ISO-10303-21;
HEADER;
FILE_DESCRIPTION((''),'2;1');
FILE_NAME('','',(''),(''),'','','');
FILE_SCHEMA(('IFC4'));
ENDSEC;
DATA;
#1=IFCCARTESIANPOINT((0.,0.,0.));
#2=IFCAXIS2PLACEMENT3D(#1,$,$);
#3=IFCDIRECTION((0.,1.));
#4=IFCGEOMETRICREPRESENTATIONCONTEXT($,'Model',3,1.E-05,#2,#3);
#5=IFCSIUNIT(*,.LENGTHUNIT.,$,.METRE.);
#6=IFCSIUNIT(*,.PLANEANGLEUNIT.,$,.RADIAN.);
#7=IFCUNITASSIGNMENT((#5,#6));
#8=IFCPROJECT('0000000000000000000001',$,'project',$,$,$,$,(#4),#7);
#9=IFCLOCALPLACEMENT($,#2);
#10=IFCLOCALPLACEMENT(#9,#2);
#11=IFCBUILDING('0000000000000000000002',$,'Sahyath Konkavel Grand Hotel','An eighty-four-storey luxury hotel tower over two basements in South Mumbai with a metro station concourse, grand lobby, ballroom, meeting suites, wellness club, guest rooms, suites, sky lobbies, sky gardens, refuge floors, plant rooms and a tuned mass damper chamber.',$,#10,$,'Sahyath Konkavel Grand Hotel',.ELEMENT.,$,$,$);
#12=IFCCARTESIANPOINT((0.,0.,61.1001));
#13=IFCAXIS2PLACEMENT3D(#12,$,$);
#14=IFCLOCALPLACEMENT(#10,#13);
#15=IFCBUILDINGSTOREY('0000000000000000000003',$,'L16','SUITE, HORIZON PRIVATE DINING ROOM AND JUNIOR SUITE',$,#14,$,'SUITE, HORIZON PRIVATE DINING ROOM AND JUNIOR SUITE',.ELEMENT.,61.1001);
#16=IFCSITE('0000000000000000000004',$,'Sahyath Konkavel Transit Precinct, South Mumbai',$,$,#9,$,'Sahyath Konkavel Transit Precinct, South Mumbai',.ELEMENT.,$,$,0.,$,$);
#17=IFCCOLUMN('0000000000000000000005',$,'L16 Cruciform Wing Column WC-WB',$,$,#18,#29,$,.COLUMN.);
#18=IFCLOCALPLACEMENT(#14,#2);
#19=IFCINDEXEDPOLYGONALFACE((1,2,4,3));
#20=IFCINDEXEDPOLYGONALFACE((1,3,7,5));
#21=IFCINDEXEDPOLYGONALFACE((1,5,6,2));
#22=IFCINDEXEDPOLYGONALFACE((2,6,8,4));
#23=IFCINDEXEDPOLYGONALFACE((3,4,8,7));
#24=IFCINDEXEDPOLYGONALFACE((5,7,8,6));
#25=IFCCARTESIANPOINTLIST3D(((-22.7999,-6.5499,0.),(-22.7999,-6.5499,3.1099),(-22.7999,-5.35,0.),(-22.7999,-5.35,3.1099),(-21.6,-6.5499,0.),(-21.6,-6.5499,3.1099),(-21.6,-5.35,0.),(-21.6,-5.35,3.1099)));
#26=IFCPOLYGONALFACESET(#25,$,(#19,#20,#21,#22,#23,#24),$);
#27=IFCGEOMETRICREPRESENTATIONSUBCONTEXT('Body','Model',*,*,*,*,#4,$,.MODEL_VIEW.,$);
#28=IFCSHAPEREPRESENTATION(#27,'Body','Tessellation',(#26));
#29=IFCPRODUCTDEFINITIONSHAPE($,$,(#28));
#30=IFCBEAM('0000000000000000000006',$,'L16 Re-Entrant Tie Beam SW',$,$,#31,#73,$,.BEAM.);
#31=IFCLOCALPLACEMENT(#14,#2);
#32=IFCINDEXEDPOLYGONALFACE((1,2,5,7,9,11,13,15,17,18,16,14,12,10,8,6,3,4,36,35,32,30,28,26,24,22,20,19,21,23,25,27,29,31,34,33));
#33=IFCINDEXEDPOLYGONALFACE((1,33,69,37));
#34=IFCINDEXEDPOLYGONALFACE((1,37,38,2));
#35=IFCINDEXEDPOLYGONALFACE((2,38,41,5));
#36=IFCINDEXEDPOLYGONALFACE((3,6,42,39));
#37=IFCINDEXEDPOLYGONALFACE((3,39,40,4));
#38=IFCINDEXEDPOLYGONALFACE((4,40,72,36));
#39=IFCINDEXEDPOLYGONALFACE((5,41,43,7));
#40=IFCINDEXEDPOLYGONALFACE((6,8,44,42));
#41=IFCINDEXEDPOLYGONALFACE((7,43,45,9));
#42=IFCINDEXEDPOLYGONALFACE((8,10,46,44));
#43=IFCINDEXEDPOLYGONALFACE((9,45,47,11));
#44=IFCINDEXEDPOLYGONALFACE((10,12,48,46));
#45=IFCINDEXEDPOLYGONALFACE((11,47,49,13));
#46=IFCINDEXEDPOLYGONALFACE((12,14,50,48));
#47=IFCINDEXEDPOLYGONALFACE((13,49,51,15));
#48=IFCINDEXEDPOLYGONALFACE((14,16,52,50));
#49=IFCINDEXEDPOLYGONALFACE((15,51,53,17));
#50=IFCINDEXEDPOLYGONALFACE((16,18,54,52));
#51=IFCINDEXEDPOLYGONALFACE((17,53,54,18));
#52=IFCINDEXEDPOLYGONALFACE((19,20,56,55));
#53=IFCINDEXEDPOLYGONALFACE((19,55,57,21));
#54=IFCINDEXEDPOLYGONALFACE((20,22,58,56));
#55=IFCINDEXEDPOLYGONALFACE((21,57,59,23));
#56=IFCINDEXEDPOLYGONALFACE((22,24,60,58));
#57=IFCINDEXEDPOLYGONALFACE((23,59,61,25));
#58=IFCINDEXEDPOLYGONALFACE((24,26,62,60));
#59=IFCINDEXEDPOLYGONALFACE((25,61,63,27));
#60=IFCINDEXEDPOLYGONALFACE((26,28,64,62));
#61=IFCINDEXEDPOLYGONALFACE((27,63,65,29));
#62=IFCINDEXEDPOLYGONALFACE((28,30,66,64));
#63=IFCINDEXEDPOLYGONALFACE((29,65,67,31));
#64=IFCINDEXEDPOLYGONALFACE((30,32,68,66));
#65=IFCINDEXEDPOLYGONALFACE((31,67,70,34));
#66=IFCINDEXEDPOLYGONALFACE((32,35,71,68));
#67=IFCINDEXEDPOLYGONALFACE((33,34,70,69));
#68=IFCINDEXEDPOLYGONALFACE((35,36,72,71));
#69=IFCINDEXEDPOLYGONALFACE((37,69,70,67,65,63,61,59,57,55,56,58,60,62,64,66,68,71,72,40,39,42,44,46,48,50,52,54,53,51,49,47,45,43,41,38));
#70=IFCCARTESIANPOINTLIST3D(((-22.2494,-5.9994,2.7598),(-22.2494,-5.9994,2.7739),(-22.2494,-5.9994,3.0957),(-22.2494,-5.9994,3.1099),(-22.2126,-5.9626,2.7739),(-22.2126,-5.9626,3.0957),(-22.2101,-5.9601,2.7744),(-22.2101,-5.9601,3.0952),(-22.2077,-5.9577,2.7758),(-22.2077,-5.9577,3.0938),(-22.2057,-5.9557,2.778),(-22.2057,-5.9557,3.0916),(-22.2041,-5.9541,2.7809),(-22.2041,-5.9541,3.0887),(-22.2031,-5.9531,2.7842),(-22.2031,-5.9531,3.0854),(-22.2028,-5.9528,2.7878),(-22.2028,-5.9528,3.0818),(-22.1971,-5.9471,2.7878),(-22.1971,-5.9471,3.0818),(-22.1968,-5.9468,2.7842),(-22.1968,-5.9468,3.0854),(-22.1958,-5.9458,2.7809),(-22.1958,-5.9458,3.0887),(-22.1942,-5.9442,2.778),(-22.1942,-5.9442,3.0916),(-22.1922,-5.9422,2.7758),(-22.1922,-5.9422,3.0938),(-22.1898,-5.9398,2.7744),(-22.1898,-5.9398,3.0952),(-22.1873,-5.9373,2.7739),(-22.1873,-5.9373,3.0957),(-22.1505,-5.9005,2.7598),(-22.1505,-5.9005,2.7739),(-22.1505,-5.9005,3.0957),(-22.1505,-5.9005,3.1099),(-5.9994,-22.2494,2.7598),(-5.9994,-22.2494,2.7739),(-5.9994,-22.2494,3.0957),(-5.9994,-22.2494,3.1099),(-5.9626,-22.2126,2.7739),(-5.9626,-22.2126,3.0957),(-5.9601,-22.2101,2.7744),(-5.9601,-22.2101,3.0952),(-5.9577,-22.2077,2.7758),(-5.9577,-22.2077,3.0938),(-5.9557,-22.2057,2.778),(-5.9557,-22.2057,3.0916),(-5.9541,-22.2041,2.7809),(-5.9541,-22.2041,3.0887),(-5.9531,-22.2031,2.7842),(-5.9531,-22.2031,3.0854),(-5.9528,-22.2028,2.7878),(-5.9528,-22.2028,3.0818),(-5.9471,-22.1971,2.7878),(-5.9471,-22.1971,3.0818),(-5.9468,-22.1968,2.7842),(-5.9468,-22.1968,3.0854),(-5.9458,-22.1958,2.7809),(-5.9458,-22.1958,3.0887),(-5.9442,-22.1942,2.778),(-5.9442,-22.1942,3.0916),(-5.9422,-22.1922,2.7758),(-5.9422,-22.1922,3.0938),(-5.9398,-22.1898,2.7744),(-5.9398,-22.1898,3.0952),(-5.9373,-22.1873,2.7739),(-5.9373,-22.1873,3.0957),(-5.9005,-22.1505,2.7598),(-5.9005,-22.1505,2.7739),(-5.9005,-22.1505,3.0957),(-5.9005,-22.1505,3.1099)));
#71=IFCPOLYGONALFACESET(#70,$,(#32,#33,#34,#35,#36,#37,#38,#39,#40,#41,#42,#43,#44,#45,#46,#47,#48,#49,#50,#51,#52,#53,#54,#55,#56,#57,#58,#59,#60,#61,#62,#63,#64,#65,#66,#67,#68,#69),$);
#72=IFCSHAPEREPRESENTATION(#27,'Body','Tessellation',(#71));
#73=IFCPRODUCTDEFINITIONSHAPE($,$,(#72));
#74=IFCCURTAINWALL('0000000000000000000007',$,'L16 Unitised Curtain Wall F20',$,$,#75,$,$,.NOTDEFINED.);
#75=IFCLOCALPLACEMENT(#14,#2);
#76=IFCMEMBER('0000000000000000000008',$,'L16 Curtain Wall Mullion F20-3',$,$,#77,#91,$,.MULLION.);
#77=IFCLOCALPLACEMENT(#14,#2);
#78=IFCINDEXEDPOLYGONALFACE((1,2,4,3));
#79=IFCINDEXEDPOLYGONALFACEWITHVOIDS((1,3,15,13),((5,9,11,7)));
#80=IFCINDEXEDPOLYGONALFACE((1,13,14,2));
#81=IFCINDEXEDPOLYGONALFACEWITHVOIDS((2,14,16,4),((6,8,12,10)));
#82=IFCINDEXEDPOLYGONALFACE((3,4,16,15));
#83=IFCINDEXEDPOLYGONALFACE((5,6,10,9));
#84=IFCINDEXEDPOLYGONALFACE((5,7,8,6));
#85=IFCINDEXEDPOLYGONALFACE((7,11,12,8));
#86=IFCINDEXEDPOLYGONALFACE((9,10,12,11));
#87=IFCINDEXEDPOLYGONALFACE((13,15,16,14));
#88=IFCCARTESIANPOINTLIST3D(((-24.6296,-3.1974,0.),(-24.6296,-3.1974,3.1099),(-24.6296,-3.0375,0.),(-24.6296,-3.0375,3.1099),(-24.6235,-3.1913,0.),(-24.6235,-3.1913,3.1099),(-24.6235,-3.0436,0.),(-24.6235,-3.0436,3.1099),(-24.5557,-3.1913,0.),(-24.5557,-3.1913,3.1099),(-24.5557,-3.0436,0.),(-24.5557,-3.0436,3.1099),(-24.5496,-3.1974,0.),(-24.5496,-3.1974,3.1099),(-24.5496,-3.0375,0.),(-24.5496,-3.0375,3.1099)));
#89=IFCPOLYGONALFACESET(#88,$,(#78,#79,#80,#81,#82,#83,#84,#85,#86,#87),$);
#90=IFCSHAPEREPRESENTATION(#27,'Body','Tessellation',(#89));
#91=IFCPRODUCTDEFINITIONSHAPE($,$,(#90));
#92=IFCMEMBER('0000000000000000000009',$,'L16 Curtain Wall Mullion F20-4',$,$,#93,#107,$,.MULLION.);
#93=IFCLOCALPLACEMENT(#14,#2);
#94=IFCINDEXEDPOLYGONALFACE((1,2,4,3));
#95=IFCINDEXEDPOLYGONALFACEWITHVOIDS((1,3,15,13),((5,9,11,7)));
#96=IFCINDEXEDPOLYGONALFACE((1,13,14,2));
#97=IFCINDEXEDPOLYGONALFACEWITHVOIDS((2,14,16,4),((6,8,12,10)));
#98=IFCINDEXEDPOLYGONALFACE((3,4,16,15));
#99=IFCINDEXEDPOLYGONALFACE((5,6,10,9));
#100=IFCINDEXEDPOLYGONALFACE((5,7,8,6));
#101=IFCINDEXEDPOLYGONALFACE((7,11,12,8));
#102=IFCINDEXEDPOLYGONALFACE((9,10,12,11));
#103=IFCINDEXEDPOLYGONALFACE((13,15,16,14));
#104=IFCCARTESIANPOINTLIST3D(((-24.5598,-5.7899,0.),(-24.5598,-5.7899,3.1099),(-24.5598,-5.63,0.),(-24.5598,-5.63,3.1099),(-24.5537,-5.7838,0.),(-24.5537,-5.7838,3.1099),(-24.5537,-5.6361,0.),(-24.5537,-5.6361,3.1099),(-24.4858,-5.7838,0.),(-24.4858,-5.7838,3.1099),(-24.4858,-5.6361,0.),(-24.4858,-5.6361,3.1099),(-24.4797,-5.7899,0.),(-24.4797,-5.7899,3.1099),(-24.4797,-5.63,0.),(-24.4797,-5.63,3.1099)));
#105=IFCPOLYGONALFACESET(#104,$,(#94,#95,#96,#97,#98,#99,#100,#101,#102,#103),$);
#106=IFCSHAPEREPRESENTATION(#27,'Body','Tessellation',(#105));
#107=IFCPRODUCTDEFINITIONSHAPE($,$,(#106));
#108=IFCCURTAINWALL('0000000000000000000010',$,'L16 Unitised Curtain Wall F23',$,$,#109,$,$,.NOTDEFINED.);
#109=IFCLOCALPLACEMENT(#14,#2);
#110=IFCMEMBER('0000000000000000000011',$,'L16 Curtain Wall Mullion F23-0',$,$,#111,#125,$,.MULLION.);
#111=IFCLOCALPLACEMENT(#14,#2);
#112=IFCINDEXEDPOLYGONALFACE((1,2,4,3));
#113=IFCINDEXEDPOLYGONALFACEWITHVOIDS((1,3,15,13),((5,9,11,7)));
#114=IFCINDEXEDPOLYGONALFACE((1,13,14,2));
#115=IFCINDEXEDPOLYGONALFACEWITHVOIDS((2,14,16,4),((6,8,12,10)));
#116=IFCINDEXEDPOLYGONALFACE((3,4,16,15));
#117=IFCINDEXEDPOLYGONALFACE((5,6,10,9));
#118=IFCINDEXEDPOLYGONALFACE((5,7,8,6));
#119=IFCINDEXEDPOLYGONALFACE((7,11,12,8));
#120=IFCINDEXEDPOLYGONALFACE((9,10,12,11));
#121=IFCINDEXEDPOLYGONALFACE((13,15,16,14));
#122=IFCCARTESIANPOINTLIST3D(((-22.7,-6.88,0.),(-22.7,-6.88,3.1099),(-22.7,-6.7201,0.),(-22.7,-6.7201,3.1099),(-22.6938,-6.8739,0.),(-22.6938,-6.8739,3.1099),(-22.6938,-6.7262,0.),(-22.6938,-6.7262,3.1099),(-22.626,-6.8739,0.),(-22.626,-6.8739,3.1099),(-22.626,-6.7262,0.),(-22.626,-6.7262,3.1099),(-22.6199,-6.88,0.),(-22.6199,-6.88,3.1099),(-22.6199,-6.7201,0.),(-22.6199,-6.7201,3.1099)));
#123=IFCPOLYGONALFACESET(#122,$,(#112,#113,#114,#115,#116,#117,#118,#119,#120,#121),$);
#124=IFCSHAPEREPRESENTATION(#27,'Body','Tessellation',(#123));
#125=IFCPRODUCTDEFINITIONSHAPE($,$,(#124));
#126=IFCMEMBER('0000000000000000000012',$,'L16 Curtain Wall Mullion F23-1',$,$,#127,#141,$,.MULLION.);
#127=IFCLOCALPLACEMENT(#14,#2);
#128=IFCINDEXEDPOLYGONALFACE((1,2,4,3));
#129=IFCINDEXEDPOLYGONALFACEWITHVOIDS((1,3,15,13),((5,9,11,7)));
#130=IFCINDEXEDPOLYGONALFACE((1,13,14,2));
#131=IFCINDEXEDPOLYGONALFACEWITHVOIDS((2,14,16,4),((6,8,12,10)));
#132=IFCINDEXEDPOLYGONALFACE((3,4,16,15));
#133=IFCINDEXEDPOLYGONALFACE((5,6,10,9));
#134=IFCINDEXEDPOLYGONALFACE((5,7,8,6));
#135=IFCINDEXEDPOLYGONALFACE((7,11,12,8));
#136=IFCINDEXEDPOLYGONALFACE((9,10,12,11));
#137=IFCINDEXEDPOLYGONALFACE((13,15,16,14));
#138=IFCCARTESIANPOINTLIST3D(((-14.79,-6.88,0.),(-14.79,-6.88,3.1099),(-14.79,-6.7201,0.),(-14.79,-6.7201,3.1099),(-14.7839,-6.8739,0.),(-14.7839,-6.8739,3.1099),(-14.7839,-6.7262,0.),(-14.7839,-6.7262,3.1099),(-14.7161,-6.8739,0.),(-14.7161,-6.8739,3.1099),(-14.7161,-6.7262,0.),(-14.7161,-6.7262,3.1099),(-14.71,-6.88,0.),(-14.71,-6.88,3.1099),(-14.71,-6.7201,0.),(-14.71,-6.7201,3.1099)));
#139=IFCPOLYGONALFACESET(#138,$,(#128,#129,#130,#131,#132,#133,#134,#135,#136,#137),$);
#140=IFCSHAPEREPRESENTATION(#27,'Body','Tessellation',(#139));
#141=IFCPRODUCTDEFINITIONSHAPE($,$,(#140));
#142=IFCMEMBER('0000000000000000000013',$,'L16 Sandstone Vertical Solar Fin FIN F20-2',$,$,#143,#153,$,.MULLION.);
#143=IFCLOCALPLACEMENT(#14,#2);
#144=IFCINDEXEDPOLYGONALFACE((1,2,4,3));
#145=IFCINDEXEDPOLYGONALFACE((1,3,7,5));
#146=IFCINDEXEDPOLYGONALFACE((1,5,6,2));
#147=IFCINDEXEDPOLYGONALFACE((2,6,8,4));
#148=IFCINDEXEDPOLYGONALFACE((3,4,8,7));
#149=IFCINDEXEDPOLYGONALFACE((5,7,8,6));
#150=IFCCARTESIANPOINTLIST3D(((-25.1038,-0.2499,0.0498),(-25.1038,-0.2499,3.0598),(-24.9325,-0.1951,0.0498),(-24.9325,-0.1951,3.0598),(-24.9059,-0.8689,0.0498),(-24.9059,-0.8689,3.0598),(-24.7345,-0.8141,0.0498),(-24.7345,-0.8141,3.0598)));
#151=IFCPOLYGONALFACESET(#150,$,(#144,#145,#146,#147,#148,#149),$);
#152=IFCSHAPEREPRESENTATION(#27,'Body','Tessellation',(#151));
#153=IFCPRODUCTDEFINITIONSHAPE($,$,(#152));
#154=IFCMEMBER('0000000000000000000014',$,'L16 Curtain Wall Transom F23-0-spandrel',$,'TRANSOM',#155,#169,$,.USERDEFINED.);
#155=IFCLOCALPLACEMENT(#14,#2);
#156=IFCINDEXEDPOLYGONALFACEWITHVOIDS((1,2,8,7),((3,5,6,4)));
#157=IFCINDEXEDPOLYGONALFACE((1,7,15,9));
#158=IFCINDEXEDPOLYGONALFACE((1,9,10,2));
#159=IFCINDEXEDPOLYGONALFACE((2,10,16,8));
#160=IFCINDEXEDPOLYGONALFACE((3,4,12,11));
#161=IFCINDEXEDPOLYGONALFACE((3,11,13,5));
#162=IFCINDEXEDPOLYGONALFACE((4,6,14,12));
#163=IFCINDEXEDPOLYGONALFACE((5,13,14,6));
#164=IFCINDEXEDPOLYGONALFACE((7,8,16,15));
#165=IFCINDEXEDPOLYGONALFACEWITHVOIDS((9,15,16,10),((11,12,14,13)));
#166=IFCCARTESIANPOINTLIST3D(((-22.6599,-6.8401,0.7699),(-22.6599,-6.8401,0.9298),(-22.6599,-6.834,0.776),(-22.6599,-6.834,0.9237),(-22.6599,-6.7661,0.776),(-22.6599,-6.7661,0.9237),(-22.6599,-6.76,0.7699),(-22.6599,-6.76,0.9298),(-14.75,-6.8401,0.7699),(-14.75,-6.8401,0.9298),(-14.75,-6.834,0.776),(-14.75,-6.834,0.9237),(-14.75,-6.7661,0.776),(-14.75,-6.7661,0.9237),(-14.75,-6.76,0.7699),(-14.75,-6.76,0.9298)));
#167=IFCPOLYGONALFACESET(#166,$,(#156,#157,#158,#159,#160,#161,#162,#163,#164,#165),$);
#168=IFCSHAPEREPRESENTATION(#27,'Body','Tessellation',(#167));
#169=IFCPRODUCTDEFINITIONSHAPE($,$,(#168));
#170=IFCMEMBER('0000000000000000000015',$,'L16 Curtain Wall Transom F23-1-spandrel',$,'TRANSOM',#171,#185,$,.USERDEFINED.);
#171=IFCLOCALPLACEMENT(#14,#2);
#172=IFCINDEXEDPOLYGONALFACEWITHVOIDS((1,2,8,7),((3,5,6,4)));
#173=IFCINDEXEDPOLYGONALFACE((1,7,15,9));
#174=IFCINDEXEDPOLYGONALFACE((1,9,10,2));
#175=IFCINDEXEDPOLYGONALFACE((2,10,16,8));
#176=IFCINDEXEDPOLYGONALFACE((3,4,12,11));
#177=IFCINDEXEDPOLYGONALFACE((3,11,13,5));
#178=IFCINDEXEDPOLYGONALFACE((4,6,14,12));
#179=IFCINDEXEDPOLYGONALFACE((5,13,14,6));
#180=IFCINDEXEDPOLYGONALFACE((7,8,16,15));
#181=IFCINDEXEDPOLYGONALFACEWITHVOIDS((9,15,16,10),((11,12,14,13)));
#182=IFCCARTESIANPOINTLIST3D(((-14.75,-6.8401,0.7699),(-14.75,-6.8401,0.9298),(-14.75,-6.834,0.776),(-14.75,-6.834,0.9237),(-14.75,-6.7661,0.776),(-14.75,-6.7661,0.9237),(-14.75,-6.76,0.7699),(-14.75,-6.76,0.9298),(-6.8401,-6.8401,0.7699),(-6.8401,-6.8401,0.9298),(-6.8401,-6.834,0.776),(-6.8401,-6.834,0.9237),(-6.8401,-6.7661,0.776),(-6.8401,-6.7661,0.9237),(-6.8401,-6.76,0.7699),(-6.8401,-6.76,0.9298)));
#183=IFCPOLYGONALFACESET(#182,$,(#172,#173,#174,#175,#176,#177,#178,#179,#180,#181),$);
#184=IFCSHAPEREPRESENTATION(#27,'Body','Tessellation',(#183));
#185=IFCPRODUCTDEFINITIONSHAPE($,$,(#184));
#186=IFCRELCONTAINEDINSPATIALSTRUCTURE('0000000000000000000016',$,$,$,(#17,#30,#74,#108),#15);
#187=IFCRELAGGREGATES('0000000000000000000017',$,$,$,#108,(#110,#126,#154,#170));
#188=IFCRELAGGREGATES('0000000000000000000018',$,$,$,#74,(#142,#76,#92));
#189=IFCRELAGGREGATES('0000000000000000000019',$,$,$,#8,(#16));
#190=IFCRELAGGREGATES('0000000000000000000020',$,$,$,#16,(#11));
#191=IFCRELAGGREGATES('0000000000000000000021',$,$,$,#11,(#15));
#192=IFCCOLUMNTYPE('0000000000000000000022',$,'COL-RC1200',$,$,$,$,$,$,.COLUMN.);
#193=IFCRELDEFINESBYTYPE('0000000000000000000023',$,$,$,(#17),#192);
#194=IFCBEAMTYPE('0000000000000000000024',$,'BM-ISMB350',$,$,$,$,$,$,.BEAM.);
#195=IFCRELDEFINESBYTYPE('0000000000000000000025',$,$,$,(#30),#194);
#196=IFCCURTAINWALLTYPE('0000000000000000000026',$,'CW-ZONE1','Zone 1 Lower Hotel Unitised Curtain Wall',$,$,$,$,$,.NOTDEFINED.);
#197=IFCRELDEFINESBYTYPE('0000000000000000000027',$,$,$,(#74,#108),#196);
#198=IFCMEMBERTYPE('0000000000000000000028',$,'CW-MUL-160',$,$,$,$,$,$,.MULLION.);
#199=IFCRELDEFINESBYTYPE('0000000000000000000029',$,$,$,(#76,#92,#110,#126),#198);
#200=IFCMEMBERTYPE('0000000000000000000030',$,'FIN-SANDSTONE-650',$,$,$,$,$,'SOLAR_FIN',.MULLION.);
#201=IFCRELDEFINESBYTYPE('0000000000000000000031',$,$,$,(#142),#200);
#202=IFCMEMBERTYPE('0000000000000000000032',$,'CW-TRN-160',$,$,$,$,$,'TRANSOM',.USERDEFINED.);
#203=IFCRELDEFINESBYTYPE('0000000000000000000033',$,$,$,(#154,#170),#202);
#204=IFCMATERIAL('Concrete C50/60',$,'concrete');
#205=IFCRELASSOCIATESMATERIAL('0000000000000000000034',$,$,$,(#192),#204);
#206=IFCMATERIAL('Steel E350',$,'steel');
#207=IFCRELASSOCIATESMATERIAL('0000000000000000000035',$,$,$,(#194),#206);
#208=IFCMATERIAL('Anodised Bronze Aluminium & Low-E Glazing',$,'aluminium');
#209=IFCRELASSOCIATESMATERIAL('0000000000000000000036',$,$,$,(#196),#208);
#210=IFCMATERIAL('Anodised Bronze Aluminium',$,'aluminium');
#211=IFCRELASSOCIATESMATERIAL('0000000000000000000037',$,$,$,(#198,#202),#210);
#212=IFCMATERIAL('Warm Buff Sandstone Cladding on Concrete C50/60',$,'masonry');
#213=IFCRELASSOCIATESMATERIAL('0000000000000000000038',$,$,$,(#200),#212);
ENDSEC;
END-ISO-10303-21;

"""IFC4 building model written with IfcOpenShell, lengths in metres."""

from ifc_helpers import new_model, si_unit, direction, frame, origin, origin_2d, place, context, subcontext, project, spatial, rectangle, hollow_rectangle, i_section, extrude, source, transform, mapped, material, material_profile, profile_set, type_object, element, aggregate, save


model = new_model("IFC4")

# Units and contexts
model_context = context("Model", 3, precision=1e-05, world=origin(), true_north=direction((0.0, 1.0)))
body_context = subcontext(model_context, "Body", "Model", "MODEL_VIEW")
ifc_project = project(units=[si_unit("LENGTHUNIT", "METRE"), si_unit("PLANEANGLEUNIT", "RADIAN")], contexts=[model_context])

# Site, building, storey
site_placement = place(None, origin())
site = spatial("IfcSite", under=ifc_project, at=site_placement, Name="Sahyath Konkavel Transit Precinct, South Mumbai", LongName="Sahyath Konkavel Transit Precinct, South Mumbai", CompositionType="ELEMENT", RefElevation=0.0)
building_placement = place(site_placement, origin())
building = spatial("IfcBuilding", under=site, at=building_placement, Name="Sahyath Konkavel Grand Hotel", Description="An eighty-four-storey luxury hotel tower over two basements in South Mumbai with a metro station concourse, grand lobby, ballroom, meeting suites, wellness club, guest rooms, suites, sky lobbies, sky gardens, refuge floors, plant rooms and a tuned mass damper chamber.", LongName="Sahyath Konkavel Grand Hotel", CompositionType="ELEMENT")
storey_placement = place(building_placement, frame((0.0, 0.0, 61.1001)))
storey = spatial("IfcBuildingStorey", under=building, at=storey_placement, Name="L16", Description="SUITE, HORIZON PRIVATE DINING ROOM AND JUNIOR SUITE", LongName="SUITE, HORIZON PRIVATE DINING ROOM AND JUNIOR SUITE", CompositionType="ELEMENT", Elevation=61.1001)

# Column
ifc_material_1 = material(Name="Concrete C50/60", Category="concrete")
ifc_material_profile_1 = material_profile(ifc_material_1, rectangle(XDim=1.2, YDim=1.2, at=origin_2d()), Name="RC 1200x1200")
ifc_profile_set_1 = profile_set([ifc_material_profile_1], Name="Concrete C50/60")
column_type = type_object("IfcColumnType", Name="COL-RC1200", PredefinedType="COLUMN", material=ifc_profile_set_1)
shared_shape_1 = source(origin(), body_context, "Body", "SweptSolid", [
    extrude(rectangle(XDim=1.2, YDim=1.2, at=origin_2d()), origin(), (0.0, 0.0, 1.0), 3.1099),
])
column_placement = place(storey_placement, frame((-22.2, -5.95, 0.0), z_axis=(0.0, 0.0, 1.0), x_axis=(1.0, 0.0, 0.0)))
element("IfcColumn", 1, at=column_placement, inside=storey, type_object=column_type, Name="L16 Cruciform Wing Column WC-WB", PredefinedType="COLUMN", context=body_context, shape_type="MappedRepresentation", body=[
    mapped(shared_shape_1, transform((0.0, 0.0, 0.0), scale=1.0)),
])

# Beam
ifc_material_2 = material(Name="Steel E350", Category="steel")
ifc_material_profile_2 = material_profile(ifc_material_2, i_section(OverallWidth=0.1399, OverallDepth=0.3501, WebThickness=0.0081, FlangeThickness=0.0142, FilletRadius=0.0139, at=origin_2d()), Name="ISMB 350")
ifc_profile_set_2 = profile_set([ifc_material_profile_2], Name="Steel E350")
beam_type_1 = type_object("IfcBeamType", Name="BM-ISMB350", PredefinedType="BEAM", material=ifc_profile_set_2)
shared_shape_2 = source(origin(), body_context, "Body", "SweptSolid", [
    extrude(i_section(OverallWidth=0.1399, OverallDepth=0.3501, WebThickness=0.0081, FlangeThickness=0.0142, FilletRadius=0.0139, at=origin_2d()), origin(), (0.0, 0.0, 1.0), 22.981),
])
beam_1_placement = place(storey_placement, frame((-22.2, -5.95, 2.9348), z_axis=(0.707107, -0.707107, 0.0), x_axis=(0.707107, 0.707107, 0.0)))
element("IfcBeam", 2, at=beam_1_placement, inside=storey, type_object=beam_type_1, Name="L16 Re-Entrant Tie Beam SW", PredefinedType="BEAM", context=body_context, shape_type="MappedRepresentation", body=[
    mapped(shared_shape_2, transform((0.0, 0.0, 0.0), scale=1.0)),
])

# Curtain walls, members
ifc_material_3 = material(Name="Anodised Bronze Aluminium & Low-E Glazing", Category="aluminium")
curtain_wall_type = type_object("IfcCurtainWallType", Name="CW-ZONE1", Description="Zone 1 Lower Hotel Unitised Curtain Wall", PredefinedType="NOTDEFINED", material=ifc_material_3)
curtain_wall_1_placement = place(storey_placement, origin())
curtain_wall_1 = element("IfcCurtainWall", 3, at=curtain_wall_1_placement, inside=storey, type_object=curtain_wall_type, Name="L16 Unitised Curtain Wall F20", PredefinedType="NOTDEFINED")
ifc_material_4 = material(Name="Anodised Bronze Aluminium", Category="aluminium")
ifc_material_profile_3 = material_profile(ifc_material_4, hollow_rectangle(XDim=0.0801, YDim=0.1599, WallThickness=0.0061, at=origin_2d()), Name="RHS 160x80x6")
ifc_profile_set_3 = profile_set([ifc_material_profile_3], Name="Anodised Bronze Aluminium")
member_type_1 = type_object("IfcMemberType", Name="CW-MUL-160", PredefinedType="MULLION", material=ifc_profile_set_3)
shared_shape_3 = source(origin(), body_context, "Body", "SweptSolid", [
    extrude(hollow_rectangle(XDim=0.0801, YDim=0.1599, WallThickness=0.0061, at=origin_2d()), origin(), (0.0, 0.0, 1.0), 3.1099),
])
member_1_placement = place(storey_placement, frame((-24.5896, -3.1174, 0.0), z_axis=(0.0, 0.0, 1.0), x_axis=(1.0, 0.0, 0.0)))
member_1 = element("IfcMember", 4, at=member_1_placement, type_object=member_type_1, Name="L16 Curtain Wall Mullion F20-3", PredefinedType="MULLION", context=body_context, shape_type="MappedRepresentation", body=[
    mapped(shared_shape_3, transform((0.0, 0.0, 0.0), scale=1.0)),
])
member_2_placement = place(storey_placement, frame((-24.5198, -5.71, 0.0), z_axis=(0.0, 0.0, 1.0), x_axis=(1.0, 0.0, 0.0)))
member_2 = element("IfcMember", 5, at=member_2_placement, type_object=member_type_1, Name="L16 Curtain Wall Mullion F20-4", PredefinedType="MULLION", context=body_context, shape_type="MappedRepresentation", body=[
    mapped(shared_shape_3, transform((0.0, 0.0, 0.0), scale=1.0)),
])
curtain_wall_2_placement = place(storey_placement, origin())
curtain_wall_2 = element("IfcCurtainWall", 6, at=curtain_wall_2_placement, inside=storey, type_object=curtain_wall_type, Name="L16 Unitised Curtain Wall F23", PredefinedType="NOTDEFINED")
member_3_placement = place(storey_placement, frame((-22.6599, -6.8, 0.0), z_axis=(0.0, 0.0, 1.0), x_axis=(1.0, 0.0, 0.0)))
member_3 = element("IfcMember", 7, at=member_3_placement, type_object=member_type_1, Name="L16 Curtain Wall Mullion F23-0", PredefinedType="MULLION", context=body_context, shape_type="MappedRepresentation", body=[
    mapped(shared_shape_3, transform((0.0, 0.0, 0.0), scale=1.0)),
])
member_4_placement = place(storey_placement, frame((-14.75, -6.8, 0.0), z_axis=(0.0, 0.0, 1.0), x_axis=(1.0, 0.0, 0.0)))
member_4 = element("IfcMember", 8, at=member_4_placement, type_object=member_type_1, Name="L16 Curtain Wall Mullion F23-1", PredefinedType="MULLION", context=body_context, shape_type="MappedRepresentation", body=[
    mapped(shared_shape_3, transform((0.0, 0.0, 0.0), scale=1.0)),
])

# Members
ifc_material_5 = material(Name="Warm Buff Sandstone Cladding on Concrete C50/60", Category="masonry")
ifc_material_profile_4 = material_profile(ifc_material_5, rectangle(XDim=0.1799, YDim=0.6499, at=origin_2d()), Name="FIN 180x650")
ifc_profile_set_4 = profile_set([ifc_material_profile_4], Name="Warm Buff Sandstone Cladding on Concrete C50/60")
member_type_2 = type_object("IfcMemberType", Name="FIN-SANDSTONE-650", ElementType="SOLAR_FIN", PredefinedType="MULLION", material=ifc_profile_set_4)
shared_shape_4 = source(origin(), body_context, "Body", "SweptSolid", [
    extrude(rectangle(XDim=0.1799, YDim=0.6499, at=origin_2d()), origin(), (0.0, 0.0, 1.0), 3.01),
])
member_5_placement = place(storey_placement, frame((-24.9192, -0.532, 0.0498), z_axis=(0.0, 0.0, 1.0), x_axis=(0.952502, 0.304532, 0.0)))
member_5 = element("IfcMember", 9, at=member_5_placement, type_object=member_type_2, Name="L16 Sandstone Vertical Solar Fin FIN F20-2", PredefinedType="MULLION", context=body_context, shape_type="MappedRepresentation", body=[
    mapped(shared_shape_4, transform((0.0, 0.0, 0.0), scale=1.0)),
])
ifc_material_profile_5 = material_profile(ifc_material_4, hollow_rectangle(XDim=0.0801, YDim=0.1599, WallThickness=0.0061, at=origin_2d()), Name="RHS 160x80x6")
ifc_profile_set_5 = profile_set([ifc_material_profile_5], Name="Anodised Bronze Aluminium")
member_type_3 = type_object("IfcMemberType", Name="CW-TRN-160", ElementType="TRANSOM", PredefinedType="USERDEFINED", material=ifc_profile_set_5)
shared_shape_5 = source(origin(), body_context, "Body", "SweptSolid", [
    extrude(hollow_rectangle(XDim=0.0801, YDim=0.1599, WallThickness=0.0061, at=origin_2d()), origin(), (0.0, 0.0, 1.0), 7.9099),
])
member_6_placement = place(storey_placement, frame((-22.6599, -6.8, 0.8499), z_axis=(1.0, 0.0, 0.0), x_axis=(0.0, 1.0, 0.0)))
member_6 = element("IfcMember", 10, at=member_6_placement, type_object=member_type_3, Name="L16 Curtain Wall Transom F23-0-spandrel", ObjectType="TRANSOM", PredefinedType="USERDEFINED", context=body_context, shape_type="MappedRepresentation", body=[
    mapped(shared_shape_5, transform((0.0, 0.0, 0.0), scale=1.0)),
])
member_7_placement = place(storey_placement, frame((-14.75, -6.8, 0.8499), z_axis=(1.0, 0.0, 0.0), x_axis=(0.0, 1.0, 0.0)))
member_7 = element("IfcMember", 11, at=member_7_placement, type_object=member_type_3, Name="L16 Curtain Wall Transom F23-1-spandrel", ObjectType="TRANSOM", PredefinedType="USERDEFINED", context=body_context, shape_type="MappedRepresentation", body=[
    mapped(shared_shape_5, transform((0.0, 0.0, 0.0), scale=1.0)),
])

aggregate(curtain_wall_2, [member_3, member_4, member_6, member_7])
aggregate(curtain_wall_1, [member_5, member_1, member_2])

save(model, "model.ifc")
